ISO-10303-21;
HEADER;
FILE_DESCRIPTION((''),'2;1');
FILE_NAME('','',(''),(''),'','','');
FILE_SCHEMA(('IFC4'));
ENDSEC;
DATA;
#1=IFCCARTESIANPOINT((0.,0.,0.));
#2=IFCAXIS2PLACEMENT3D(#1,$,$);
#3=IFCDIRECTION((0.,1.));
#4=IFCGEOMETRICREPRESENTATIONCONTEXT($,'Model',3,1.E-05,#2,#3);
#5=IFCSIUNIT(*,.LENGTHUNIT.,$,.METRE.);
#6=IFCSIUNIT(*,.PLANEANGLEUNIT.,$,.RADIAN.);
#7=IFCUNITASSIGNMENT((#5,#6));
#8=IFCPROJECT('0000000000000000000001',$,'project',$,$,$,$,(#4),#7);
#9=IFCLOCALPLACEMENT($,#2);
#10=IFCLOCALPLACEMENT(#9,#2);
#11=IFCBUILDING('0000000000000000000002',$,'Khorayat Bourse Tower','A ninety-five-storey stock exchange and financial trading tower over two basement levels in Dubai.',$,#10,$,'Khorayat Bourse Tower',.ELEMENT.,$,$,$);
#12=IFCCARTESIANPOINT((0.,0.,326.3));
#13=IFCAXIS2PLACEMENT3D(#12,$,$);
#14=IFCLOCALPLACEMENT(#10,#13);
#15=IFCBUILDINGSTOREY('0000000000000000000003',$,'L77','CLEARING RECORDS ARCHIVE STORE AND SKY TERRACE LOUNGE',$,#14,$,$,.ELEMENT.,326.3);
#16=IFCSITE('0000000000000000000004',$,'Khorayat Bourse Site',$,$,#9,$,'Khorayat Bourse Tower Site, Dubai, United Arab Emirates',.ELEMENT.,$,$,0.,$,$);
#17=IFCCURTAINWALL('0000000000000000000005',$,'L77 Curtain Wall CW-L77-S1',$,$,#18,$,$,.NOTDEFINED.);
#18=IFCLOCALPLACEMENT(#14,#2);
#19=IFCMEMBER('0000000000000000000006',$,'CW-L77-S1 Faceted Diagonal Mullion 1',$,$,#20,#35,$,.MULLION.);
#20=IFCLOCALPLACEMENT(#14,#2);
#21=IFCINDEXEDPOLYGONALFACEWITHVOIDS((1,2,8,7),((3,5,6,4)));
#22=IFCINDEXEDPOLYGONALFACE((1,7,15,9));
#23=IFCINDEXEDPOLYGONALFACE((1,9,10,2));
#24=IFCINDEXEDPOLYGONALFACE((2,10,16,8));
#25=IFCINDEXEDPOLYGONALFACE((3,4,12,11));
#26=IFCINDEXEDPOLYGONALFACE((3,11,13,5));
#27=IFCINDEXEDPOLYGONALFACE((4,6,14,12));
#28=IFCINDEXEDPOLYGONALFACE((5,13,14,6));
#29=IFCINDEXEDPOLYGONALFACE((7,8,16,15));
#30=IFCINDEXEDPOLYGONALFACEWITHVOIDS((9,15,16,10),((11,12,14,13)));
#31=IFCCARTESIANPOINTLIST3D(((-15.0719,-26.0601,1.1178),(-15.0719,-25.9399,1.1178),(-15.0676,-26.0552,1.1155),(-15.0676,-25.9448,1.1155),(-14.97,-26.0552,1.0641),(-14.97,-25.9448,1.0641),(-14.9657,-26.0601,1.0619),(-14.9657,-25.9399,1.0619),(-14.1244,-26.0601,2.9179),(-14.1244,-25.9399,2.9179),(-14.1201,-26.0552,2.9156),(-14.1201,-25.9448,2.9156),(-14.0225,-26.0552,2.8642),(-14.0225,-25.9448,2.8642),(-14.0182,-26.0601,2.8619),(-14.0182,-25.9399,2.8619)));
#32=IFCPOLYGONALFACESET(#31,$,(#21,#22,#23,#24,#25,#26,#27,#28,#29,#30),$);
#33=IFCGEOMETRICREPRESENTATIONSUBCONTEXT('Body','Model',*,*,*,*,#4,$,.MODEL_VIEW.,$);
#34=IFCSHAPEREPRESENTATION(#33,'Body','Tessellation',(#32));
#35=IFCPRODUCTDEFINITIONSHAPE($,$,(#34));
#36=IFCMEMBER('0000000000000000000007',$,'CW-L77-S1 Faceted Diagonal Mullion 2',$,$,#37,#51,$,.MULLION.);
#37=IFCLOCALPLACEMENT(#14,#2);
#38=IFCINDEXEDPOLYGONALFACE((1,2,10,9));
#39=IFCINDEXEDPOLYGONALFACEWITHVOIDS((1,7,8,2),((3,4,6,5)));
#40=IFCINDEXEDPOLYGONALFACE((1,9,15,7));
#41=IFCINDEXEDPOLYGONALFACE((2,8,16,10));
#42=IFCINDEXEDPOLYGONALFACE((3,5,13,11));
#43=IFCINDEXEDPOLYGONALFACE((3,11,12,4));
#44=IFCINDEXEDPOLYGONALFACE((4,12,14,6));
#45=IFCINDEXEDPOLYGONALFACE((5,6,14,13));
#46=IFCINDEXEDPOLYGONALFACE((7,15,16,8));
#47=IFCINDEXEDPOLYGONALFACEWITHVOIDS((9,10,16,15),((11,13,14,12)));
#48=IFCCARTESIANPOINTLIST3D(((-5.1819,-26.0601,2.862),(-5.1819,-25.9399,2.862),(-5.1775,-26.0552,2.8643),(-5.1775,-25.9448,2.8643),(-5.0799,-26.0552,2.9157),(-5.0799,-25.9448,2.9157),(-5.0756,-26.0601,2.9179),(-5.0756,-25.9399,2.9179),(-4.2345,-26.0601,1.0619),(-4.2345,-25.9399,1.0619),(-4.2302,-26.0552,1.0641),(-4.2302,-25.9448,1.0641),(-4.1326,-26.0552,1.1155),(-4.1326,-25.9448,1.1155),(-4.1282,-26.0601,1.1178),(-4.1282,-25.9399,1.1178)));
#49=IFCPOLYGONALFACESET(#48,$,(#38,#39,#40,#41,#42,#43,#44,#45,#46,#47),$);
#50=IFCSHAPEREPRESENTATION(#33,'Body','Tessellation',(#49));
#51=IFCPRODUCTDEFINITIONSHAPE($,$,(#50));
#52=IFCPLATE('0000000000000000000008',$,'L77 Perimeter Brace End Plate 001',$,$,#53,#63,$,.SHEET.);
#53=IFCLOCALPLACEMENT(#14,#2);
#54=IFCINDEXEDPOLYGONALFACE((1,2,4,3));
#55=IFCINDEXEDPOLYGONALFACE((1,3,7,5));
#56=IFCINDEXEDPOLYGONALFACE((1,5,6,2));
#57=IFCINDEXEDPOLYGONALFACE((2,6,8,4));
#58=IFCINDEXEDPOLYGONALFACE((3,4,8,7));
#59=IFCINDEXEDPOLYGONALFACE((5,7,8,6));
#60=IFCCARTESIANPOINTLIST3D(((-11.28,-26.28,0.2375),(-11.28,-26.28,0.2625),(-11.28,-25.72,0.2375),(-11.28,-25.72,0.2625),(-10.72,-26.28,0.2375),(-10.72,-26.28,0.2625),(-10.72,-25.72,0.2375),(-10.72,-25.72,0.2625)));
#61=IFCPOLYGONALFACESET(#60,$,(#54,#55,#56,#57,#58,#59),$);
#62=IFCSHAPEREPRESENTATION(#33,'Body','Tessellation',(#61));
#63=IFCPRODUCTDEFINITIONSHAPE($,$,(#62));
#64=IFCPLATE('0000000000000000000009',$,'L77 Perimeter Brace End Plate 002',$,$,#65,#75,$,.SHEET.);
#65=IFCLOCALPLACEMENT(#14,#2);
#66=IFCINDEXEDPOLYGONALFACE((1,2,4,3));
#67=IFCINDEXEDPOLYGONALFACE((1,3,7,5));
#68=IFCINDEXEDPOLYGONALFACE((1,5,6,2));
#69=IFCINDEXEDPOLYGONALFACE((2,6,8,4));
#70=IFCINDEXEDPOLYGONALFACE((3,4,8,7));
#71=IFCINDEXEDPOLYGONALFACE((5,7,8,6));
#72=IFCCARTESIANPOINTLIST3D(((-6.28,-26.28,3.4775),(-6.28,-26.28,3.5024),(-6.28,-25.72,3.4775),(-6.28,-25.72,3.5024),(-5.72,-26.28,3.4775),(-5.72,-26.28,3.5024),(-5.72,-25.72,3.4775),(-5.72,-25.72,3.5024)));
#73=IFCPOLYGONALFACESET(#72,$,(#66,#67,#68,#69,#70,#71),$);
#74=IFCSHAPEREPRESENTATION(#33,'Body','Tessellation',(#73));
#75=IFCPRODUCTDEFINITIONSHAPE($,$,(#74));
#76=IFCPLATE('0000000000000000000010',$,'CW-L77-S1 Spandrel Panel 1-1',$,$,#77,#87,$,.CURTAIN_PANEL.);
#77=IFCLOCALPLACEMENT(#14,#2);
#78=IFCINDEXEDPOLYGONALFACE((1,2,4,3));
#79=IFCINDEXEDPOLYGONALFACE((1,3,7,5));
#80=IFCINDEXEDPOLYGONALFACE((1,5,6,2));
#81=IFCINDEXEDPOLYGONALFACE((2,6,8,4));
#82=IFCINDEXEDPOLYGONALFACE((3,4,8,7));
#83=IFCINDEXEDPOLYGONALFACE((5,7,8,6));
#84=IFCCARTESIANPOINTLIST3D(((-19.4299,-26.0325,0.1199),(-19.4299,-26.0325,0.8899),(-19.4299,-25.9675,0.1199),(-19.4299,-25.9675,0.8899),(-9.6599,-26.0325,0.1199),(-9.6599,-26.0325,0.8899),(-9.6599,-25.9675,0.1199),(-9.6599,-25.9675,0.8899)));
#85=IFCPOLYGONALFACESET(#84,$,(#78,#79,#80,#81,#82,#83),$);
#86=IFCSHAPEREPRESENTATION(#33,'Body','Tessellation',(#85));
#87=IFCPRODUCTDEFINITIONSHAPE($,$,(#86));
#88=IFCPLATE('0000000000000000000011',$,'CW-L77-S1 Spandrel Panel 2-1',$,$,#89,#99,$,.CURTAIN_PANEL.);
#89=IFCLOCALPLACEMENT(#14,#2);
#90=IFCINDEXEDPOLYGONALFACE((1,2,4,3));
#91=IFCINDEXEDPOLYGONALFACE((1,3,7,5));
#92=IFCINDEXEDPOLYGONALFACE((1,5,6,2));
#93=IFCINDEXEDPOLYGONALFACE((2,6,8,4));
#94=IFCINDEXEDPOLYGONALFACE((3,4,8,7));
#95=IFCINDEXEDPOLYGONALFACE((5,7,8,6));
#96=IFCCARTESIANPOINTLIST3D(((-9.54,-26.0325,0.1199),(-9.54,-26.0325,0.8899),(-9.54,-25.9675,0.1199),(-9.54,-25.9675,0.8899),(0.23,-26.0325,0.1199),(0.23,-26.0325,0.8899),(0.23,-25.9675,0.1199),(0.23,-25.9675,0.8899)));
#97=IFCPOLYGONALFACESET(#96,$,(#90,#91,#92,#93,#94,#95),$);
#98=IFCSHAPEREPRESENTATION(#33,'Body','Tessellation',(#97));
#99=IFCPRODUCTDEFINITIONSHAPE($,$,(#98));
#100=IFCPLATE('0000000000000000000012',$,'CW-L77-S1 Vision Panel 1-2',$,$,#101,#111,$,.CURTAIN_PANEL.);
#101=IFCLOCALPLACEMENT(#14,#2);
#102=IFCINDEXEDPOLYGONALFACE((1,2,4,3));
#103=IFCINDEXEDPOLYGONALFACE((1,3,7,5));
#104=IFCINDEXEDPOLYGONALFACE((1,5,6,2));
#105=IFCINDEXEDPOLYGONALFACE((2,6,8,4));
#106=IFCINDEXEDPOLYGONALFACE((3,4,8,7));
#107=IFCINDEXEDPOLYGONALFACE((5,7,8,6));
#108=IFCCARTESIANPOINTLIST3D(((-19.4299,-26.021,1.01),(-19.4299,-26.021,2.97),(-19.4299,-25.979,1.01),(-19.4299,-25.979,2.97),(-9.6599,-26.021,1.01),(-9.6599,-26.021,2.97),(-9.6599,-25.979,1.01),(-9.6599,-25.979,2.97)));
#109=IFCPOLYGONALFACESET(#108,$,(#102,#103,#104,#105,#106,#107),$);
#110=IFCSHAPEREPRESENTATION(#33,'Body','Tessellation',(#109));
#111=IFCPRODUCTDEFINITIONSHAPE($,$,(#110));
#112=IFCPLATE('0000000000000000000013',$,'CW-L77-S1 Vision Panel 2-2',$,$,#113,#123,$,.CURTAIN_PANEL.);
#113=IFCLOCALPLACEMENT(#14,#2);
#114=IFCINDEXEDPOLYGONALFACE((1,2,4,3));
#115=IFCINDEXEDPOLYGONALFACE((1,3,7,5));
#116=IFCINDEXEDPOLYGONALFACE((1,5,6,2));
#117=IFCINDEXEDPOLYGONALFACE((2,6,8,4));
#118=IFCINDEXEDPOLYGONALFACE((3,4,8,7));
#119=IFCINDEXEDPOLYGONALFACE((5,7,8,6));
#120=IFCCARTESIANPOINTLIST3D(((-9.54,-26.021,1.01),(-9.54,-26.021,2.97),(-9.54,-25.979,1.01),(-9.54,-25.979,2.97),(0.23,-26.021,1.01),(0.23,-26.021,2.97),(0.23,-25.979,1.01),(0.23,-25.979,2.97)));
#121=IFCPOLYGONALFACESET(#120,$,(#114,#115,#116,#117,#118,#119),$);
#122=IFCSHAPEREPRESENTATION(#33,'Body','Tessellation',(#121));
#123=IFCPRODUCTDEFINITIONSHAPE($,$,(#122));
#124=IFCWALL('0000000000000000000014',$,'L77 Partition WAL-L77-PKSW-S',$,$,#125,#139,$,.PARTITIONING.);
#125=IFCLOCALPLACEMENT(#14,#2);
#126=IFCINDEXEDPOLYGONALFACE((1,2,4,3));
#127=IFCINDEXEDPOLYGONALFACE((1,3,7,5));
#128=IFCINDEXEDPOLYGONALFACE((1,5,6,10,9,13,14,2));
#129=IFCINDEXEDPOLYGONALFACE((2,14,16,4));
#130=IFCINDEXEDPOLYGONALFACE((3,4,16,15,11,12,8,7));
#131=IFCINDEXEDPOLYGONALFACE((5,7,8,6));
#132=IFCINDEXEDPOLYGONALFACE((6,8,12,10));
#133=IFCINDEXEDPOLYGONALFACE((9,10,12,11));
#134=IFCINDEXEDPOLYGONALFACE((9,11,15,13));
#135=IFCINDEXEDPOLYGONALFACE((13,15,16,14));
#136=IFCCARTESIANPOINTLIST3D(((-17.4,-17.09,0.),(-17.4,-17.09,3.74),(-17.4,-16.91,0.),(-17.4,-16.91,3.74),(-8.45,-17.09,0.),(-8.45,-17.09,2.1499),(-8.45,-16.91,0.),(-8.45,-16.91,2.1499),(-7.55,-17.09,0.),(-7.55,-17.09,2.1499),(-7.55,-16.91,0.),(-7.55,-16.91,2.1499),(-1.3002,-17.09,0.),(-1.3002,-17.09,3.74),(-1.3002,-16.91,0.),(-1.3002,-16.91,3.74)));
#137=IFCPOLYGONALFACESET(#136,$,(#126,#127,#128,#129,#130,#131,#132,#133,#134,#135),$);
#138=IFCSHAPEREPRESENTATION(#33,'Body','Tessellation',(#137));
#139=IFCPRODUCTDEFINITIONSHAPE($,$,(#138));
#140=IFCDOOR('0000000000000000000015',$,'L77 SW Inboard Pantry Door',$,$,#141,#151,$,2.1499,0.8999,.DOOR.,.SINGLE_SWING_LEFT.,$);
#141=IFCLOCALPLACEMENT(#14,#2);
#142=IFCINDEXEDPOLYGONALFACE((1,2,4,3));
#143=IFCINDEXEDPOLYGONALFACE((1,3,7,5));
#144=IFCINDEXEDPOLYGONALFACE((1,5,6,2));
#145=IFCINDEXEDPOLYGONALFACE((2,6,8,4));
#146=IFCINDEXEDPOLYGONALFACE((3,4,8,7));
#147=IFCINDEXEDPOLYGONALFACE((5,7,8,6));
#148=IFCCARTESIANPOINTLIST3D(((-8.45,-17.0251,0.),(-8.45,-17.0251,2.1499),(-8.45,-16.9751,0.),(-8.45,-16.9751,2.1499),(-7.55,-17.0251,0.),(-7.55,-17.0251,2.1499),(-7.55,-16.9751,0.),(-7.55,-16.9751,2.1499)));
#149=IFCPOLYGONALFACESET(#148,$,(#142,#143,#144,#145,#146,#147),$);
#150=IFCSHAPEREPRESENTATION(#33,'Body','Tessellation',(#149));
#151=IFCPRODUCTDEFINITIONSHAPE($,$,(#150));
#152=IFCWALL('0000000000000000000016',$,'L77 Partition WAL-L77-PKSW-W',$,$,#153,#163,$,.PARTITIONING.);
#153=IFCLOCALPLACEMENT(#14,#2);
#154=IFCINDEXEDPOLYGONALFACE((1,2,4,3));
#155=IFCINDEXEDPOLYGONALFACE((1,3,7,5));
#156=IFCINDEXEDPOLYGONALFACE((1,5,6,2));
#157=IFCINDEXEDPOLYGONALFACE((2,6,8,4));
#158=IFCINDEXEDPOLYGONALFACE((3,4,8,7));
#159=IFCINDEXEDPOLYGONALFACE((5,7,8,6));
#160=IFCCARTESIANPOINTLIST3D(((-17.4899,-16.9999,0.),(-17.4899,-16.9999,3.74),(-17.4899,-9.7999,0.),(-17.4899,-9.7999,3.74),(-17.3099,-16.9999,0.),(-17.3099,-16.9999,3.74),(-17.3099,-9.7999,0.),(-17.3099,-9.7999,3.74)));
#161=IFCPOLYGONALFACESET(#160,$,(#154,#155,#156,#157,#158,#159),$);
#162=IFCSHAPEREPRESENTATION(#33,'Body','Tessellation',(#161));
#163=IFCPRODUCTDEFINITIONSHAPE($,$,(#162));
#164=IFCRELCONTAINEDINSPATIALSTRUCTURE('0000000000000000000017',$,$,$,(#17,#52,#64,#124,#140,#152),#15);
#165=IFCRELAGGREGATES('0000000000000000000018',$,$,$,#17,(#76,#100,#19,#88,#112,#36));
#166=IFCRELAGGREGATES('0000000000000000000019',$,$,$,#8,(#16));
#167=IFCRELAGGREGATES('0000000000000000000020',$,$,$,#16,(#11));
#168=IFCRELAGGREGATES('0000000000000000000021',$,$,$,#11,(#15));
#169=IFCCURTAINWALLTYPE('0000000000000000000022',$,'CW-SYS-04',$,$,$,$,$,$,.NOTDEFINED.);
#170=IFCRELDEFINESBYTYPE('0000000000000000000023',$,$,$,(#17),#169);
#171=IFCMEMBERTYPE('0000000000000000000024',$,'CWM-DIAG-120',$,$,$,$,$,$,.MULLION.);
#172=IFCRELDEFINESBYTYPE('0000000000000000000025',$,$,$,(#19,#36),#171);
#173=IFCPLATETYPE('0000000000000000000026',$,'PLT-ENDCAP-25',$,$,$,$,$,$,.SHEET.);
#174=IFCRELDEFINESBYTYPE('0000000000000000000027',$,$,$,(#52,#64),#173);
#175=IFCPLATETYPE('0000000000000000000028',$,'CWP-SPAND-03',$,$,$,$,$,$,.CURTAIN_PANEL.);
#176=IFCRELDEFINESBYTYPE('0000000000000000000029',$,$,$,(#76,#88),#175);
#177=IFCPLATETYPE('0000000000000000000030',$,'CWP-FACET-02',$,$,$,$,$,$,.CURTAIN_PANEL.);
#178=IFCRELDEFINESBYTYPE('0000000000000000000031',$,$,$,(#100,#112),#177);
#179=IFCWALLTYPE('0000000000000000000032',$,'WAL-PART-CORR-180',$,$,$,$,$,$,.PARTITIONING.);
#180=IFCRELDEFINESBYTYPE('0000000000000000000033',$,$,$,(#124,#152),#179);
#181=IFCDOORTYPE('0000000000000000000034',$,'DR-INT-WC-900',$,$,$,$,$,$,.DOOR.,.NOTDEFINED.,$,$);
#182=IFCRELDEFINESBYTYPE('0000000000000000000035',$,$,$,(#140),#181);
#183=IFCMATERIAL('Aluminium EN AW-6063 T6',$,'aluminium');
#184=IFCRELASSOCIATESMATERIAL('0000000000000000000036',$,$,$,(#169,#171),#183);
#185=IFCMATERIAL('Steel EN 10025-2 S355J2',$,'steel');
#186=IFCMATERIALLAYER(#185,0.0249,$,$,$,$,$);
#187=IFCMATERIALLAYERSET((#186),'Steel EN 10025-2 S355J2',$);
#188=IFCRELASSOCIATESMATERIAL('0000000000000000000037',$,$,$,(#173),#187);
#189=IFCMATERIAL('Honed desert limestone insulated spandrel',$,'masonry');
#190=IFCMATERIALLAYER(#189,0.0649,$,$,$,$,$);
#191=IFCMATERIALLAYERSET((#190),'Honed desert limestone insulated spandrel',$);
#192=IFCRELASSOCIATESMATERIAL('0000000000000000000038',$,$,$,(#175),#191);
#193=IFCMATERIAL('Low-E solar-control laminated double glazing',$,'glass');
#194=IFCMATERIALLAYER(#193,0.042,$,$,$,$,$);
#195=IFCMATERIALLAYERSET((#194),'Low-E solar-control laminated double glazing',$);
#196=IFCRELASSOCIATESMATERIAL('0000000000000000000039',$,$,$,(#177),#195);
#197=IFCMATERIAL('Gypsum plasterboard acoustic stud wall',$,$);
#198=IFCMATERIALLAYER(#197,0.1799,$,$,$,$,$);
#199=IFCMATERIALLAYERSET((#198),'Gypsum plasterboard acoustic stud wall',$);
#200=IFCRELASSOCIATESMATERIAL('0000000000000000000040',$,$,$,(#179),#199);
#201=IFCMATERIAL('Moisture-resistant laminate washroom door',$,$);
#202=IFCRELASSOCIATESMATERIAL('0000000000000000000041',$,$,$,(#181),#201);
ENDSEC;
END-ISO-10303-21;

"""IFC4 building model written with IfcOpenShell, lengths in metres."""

from ifc_helpers import new_model, si_unit, direction, frame, frame_2d, origin, origin_2d, place, context, subcontext, project, spatial, rectangle, hollow_rectangle, extrude, source, transform, mapped, material, layer, layer_set, material_profile, profile_set, type_object, element, fill, aggregate, save


model = new_model("IFC4")

# Units and contexts
model_context = context("Model", 3, precision=1e-05, world=origin(), true_north=direction((0.0, 1.0)))
body_context = subcontext(model_context, "Body", "Model", "MODEL_VIEW")
ifc_project = project(units=[si_unit("LENGTHUNIT", "METRE"), si_unit("PLANEANGLEUNIT", "RADIAN")], contexts=[model_context])

# Site, building, storey
site_placement = place(None, origin())
site = spatial("IfcSite", under=ifc_project, at=site_placement, Name="Khorayat Bourse Site", LongName="Khorayat Bourse Tower Site, Dubai, United Arab Emirates", CompositionType="ELEMENT", RefElevation=0.0)
building_placement = place(site_placement, origin())
building = spatial("IfcBuilding", under=site, at=building_placement, Name="Khorayat Bourse Tower", Description="A ninety-five-storey stock exchange and financial trading tower over two basement levels in Dubai.", LongName="Khorayat Bourse Tower", CompositionType="ELEMENT")
storey_placement = place(building_placement, frame((0.0, 0.0, 326.3)))
storey = spatial("IfcBuildingStorey", under=building, at=storey_placement, Name="L77", Description="CLEARING RECORDS ARCHIVE STORE AND SKY TERRACE LOUNGE", CompositionType="ELEMENT", Elevation=326.3)

# Shared definitions
ifc_material_1 = material(Name="Steel EN 10025-2 S355J2", Category="steel")

# Curtain wall, members
ifc_material_2 = material(Name="Aluminium EN AW-6063 T6", Category="aluminium")
curtain_wall_type = type_object("IfcCurtainWallType", Name="CW-SYS-04", PredefinedType="NOTDEFINED", material=ifc_material_2)
curtain_wall_placement = place(storey_placement, origin())
curtain_wall = element("IfcCurtainWall", 1, at=curtain_wall_placement, inside=storey, type_object=curtain_wall_type, Name="L77 Curtain Wall CW-L77-S1", PredefinedType="NOTDEFINED")
ifc_material_profile_1 = material_profile(ifc_material_2, hollow_rectangle(XDim=0.1201, YDim=0.1201, WallThickness=0.0049, at=origin_2d()), Name="ALU 120x120x5")
ifc_profile_set_1 = profile_set([ifc_material_profile_1], Name="Aluminium EN AW-6063 T6")
member_type_1 = type_object("IfcMemberType", Name="CWM-DIAG-120", PredefinedType="MULLION", material=ifc_profile_set_1)
shared_shape_1 = source(origin(), body_context, "Body", "SweptSolid", [
    extrude(hollow_rectangle(XDim=0.1201, YDim=0.1201, WallThickness=0.0049, at=origin_2d()), origin(), (0.0, 0.0, 1.0), 2.0342),
])
member_1_placement = place(storey_placement, frame((-15.0188, -26.0, 1.0898), z_axis=(0.465791, 0.0, 0.884895), x_axis=(0.0, 1.0, 0.0)))
member_1 = element("IfcMember", 2, at=member_1_placement, type_object=member_type_1, Name="CW-L77-S1 Faceted Diagonal Mullion 1", PredefinedType="MULLION", context=body_context, shape_type="MappedRepresentation", body=[
    mapped(shared_shape_1, transform((0.0, 0.0, 0.0), scale=1.0)),
])
member_2_placement = place(storey_placement, frame((-4.1814, -26.0, 1.0898), z_axis=(-0.465697, 0.0, 0.884944), x_axis=(0.0, -1.0, 0.0)))
member_2 = element("IfcMember", 3, at=member_2_placement, type_object=member_type_1, Name="CW-L77-S1 Faceted Diagonal Mullion 2", PredefinedType="MULLION", context=body_context, shape_type="MappedRepresentation", body=[
    mapped(shared_shape_1, transform((0.0, 0.0, 0.0), scale=1.0)),
])

# Plates
ifc_layer_1 = layer(ifc_material_1, 0.0249)
ifc_layer_set_1 = layer_set([ifc_layer_1], Name="Steel EN 10025-2 S355J2")
plate_type_1 = type_object("IfcPlateType", Name="PLT-ENDCAP-25", PredefinedType="SHEET", material=ifc_layer_set_1)
shared_shape_2 = source(origin(), body_context, "Body", "SweptSolid", [
    extrude(rectangle(XDim=0.5601, YDim=0.5601, at=origin_2d()), origin(), (0.0, 0.0, 1.0), 0.0249),
])
for number, where, z_axis, x_axis, name in (
    (4, (-11.0, -26.0, 0.2375), (0.0, 0.0, 1.0), (1.0, 0.0, 0.0), "L77 Perimeter Brace End Plate 001"),
    (5, (-6.0, -26.0, 3.4775), (0.0, 0.0, 1.0), (1.0, 0.0, 0.0), "L77 Perimeter Brace End Plate 002"),
):
    element("IfcPlate", number, at=place(storey_placement, frame(where, z_axis=z_axis, x_axis=x_axis)), inside=storey, type_object=plate_type_1, Name=name, PredefinedType="SHEET", context=body_context, shape_type="MappedRepresentation", body=[
        mapped(shared_shape_2, transform((0.0, 0.0, 0.0), scale=1.0)),
    ])

# Plates
ifc_material_3 = material(Name="Honed desert limestone insulated spandrel", Category="masonry")
ifc_layer_2 = layer(ifc_material_3, 0.0649)
ifc_layer_set_2 = layer_set([ifc_layer_2], Name="Honed desert limestone insulated spandrel")
plate_type_2 = type_object("IfcPlateType", Name="CWP-SPAND-03", PredefinedType="CURTAIN_PANEL", material=ifc_layer_set_2)
shared_shape_3 = source(origin(), body_context, "Body", "SweptSolid", [
    extrude(rectangle(XDim=9.77, YDim=0.0649, at=origin_2d()), origin(), (0.0, 0.0, 1.0), 0.77),
])
plate_1_placement = place(storey_placement, frame((-14.5449, -26.0, 0.1199), z_axis=(0.0, 0.0, 1.0), x_axis=(1.0, 0.0, 0.0)))
plate_1 = element("IfcPlate", 6, at=plate_1_placement, type_object=plate_type_2, Name="CW-L77-S1 Spandrel Panel 1-1", PredefinedType="CURTAIN_PANEL", context=body_context, shape_type="MappedRepresentation", body=[
    mapped(shared_shape_3, transform((0.0, 0.0, 0.0), scale=1.0)),
])
plate_2_placement = place(storey_placement, frame((-4.655, -26.0, 0.1199), z_axis=(0.0, 0.0, 1.0), x_axis=(1.0, 0.0, 0.0)))
plate_2 = element("IfcPlate", 7, at=plate_2_placement, type_object=plate_type_2, Name="CW-L77-S1 Spandrel Panel 2-1", PredefinedType="CURTAIN_PANEL", context=body_context, shape_type="MappedRepresentation", body=[
    mapped(shared_shape_3, transform((0.0, 0.0, 0.0), scale=1.0)),
])
ifc_material_4 = material(Name="Low-E solar-control laminated double glazing", Category="glass")
ifc_layer_3 = layer(ifc_material_4, 0.042)
ifc_layer_set_3 = layer_set([ifc_layer_3], Name="Low-E solar-control laminated double glazing")
plate_type_3 = type_object("IfcPlateType", Name="CWP-FACET-02", PredefinedType="CURTAIN_PANEL", material=ifc_layer_set_3)
shared_shape_4 = source(origin(), body_context, "Body", "SweptSolid", [
    extrude(rectangle(XDim=9.77, YDim=0.042, at=origin_2d()), origin(), (0.0, 0.0, 1.0), 1.96),
])
plate_3_placement = place(storey_placement, frame((-14.5449, -26.0, 1.01), z_axis=(0.0, 0.0, 1.0), x_axis=(1.0, 0.0, 0.0)))
plate_3 = element("IfcPlate", 8, at=plate_3_placement, type_object=plate_type_3, Name="CW-L77-S1 Vision Panel 1-2", PredefinedType="CURTAIN_PANEL", context=body_context, shape_type="MappedRepresentation", body=[
    mapped(shared_shape_4, transform((0.0, 0.0, 0.0), scale=1.0)),
])
plate_4_placement = place(storey_placement, frame((-4.655, -26.0, 1.01), z_axis=(0.0, 0.0, 1.0), x_axis=(1.0, 0.0, 0.0)))
plate_4 = element("IfcPlate", 9, at=plate_4_placement, type_object=plate_type_3, Name="CW-L77-S1 Vision Panel 2-2", PredefinedType="CURTAIN_PANEL", context=body_context, shape_type="MappedRepresentation", body=[
    mapped(shared_shape_4, transform((0.0, 0.0, 0.0), scale=1.0)),
])
aggregate(curtain_wall, [plate_1, plate_3, member_1, plate_2, plate_4, member_2])

# Wall, opening, door
ifc_material_5 = material(Name="Gypsum plasterboard acoustic stud wall")
ifc_layer_4 = layer(ifc_material_5, 0.1799)
ifc_layer_set_4 = layer_set([ifc_layer_4], Name="Gypsum plasterboard acoustic stud wall")
wall_type = type_object("IfcWallType", Name="WAL-PART-CORR-180", PredefinedType="PARTITIONING", material=ifc_layer_set_4)
shared_shape_5 = source(origin(), body_context, "Body", "SweptSolid", [
    extrude(rectangle(XDim=16.0999, YDim=0.1799, at=frame_2d((8.0498, 0.0))), origin(), (0.0, 0.0, 1.0), 3.74),
])
wall_1_placement = place(storey_placement, frame((-17.3999, -17.0, 0.0), z_axis=(0.0, 0.0, 1.0), x_axis=(1.0, 0.0, 0.0)))
wall_1 = element("IfcWall", 10, at=wall_1_placement, inside=storey, type_object=wall_type, Name="L77 Partition WAL-L77-PKSW-S", PredefinedType="PARTITIONING", context=body_context, shape_type="MappedRepresentation", body=[
    mapped(shared_shape_5, transform((0.0, 0.0, 0.0), scale=1.0)),
])
shared_shape_6 = source(origin(), body_context, "Body", "SweptSolid", [
    extrude(rectangle(XDim=0.8999, YDim=2.1499, at=frame_2d((0.45, 1.075))), frame((0.0, 0.0999, 0.0), z_axis=(0.0, -1.0, 0.0), x_axis=(1.0, 0.0, 0.0)), (0.0, 0.0, 1.0), 0.2),
])
opening_1_placement = place(wall_1_placement, frame((8.95, 0.0, 0.0)))
opening_1 = element("IfcOpeningElement", 11, at=opening_1_placement, cuts=wall_1, PredefinedType="OPENING", context=body_context, shape_type="MappedRepresentation", body=[
    mapped(shared_shape_6, transform((0.0, 0.0, 0.0), scale=1.0)),
])
ifc_material_6 = material(Name="Moisture-resistant laminate washroom door")
door_type_1 = type_object("IfcDoorType", Name="DR-INT-WC-900", OperationType="NOTDEFINED", PredefinedType="DOOR", material=ifc_material_6)
shared_shape_7 = source(origin(), body_context, "Body", "SweptSolid", [
    extrude(rectangle(XDim=0.8999, YDim=2.1499, at=frame_2d((0.45, 1.075))), frame((0.0, 0.0249, 0.0), z_axis=(0.0, -1.0, 0.0), x_axis=(1.0, 0.0, 0.0)), (0.0, 0.0, 1.0), 0.05),
])
door_1_placement = place(opening_1_placement, origin())
door_1 = element("IfcDoor", 12, at=door_1_placement, inside=storey, type_object=door_type_1, Name="L77 SW Inboard Pantry Door", OperationType="SINGLE_SWING_LEFT", OverallHeight=2.1499, OverallWidth=0.8999, PredefinedType="DOOR", context=body_context, shape_type="MappedRepresentation", body=[
    mapped(shared_shape_7, transform((0.0, 0.0, 0.0), scale=1.0)),
])
fill(opening_1, door_1)

# Wall
shared_shape_8 = source(origin(), body_context, "Body", "SweptSolid", [
    extrude(rectangle(XDim=7.2, YDim=0.1799, at=frame_2d((3.6001, 0.0))), origin(), (0.0, 0.0, 1.0), 3.74),
])
wall_2_placement = place(storey_placement, frame((-17.3999, -17.0, 0.0), z_axis=(0.0, 0.0, 1.0), x_axis=(0.0, 1.0, 0.0)))
element("IfcWall", 13, at=wall_2_placement, inside=storey, type_object=wall_type, Name="L77 Partition WAL-L77-PKSW-W", PredefinedType="PARTITIONING", context=body_context, shape_type="MappedRepresentation", body=[
    mapped(shared_shape_8, transform((0.0, 0.0, 0.0), scale=1.0)),
])

save(model, "model.ifc")
